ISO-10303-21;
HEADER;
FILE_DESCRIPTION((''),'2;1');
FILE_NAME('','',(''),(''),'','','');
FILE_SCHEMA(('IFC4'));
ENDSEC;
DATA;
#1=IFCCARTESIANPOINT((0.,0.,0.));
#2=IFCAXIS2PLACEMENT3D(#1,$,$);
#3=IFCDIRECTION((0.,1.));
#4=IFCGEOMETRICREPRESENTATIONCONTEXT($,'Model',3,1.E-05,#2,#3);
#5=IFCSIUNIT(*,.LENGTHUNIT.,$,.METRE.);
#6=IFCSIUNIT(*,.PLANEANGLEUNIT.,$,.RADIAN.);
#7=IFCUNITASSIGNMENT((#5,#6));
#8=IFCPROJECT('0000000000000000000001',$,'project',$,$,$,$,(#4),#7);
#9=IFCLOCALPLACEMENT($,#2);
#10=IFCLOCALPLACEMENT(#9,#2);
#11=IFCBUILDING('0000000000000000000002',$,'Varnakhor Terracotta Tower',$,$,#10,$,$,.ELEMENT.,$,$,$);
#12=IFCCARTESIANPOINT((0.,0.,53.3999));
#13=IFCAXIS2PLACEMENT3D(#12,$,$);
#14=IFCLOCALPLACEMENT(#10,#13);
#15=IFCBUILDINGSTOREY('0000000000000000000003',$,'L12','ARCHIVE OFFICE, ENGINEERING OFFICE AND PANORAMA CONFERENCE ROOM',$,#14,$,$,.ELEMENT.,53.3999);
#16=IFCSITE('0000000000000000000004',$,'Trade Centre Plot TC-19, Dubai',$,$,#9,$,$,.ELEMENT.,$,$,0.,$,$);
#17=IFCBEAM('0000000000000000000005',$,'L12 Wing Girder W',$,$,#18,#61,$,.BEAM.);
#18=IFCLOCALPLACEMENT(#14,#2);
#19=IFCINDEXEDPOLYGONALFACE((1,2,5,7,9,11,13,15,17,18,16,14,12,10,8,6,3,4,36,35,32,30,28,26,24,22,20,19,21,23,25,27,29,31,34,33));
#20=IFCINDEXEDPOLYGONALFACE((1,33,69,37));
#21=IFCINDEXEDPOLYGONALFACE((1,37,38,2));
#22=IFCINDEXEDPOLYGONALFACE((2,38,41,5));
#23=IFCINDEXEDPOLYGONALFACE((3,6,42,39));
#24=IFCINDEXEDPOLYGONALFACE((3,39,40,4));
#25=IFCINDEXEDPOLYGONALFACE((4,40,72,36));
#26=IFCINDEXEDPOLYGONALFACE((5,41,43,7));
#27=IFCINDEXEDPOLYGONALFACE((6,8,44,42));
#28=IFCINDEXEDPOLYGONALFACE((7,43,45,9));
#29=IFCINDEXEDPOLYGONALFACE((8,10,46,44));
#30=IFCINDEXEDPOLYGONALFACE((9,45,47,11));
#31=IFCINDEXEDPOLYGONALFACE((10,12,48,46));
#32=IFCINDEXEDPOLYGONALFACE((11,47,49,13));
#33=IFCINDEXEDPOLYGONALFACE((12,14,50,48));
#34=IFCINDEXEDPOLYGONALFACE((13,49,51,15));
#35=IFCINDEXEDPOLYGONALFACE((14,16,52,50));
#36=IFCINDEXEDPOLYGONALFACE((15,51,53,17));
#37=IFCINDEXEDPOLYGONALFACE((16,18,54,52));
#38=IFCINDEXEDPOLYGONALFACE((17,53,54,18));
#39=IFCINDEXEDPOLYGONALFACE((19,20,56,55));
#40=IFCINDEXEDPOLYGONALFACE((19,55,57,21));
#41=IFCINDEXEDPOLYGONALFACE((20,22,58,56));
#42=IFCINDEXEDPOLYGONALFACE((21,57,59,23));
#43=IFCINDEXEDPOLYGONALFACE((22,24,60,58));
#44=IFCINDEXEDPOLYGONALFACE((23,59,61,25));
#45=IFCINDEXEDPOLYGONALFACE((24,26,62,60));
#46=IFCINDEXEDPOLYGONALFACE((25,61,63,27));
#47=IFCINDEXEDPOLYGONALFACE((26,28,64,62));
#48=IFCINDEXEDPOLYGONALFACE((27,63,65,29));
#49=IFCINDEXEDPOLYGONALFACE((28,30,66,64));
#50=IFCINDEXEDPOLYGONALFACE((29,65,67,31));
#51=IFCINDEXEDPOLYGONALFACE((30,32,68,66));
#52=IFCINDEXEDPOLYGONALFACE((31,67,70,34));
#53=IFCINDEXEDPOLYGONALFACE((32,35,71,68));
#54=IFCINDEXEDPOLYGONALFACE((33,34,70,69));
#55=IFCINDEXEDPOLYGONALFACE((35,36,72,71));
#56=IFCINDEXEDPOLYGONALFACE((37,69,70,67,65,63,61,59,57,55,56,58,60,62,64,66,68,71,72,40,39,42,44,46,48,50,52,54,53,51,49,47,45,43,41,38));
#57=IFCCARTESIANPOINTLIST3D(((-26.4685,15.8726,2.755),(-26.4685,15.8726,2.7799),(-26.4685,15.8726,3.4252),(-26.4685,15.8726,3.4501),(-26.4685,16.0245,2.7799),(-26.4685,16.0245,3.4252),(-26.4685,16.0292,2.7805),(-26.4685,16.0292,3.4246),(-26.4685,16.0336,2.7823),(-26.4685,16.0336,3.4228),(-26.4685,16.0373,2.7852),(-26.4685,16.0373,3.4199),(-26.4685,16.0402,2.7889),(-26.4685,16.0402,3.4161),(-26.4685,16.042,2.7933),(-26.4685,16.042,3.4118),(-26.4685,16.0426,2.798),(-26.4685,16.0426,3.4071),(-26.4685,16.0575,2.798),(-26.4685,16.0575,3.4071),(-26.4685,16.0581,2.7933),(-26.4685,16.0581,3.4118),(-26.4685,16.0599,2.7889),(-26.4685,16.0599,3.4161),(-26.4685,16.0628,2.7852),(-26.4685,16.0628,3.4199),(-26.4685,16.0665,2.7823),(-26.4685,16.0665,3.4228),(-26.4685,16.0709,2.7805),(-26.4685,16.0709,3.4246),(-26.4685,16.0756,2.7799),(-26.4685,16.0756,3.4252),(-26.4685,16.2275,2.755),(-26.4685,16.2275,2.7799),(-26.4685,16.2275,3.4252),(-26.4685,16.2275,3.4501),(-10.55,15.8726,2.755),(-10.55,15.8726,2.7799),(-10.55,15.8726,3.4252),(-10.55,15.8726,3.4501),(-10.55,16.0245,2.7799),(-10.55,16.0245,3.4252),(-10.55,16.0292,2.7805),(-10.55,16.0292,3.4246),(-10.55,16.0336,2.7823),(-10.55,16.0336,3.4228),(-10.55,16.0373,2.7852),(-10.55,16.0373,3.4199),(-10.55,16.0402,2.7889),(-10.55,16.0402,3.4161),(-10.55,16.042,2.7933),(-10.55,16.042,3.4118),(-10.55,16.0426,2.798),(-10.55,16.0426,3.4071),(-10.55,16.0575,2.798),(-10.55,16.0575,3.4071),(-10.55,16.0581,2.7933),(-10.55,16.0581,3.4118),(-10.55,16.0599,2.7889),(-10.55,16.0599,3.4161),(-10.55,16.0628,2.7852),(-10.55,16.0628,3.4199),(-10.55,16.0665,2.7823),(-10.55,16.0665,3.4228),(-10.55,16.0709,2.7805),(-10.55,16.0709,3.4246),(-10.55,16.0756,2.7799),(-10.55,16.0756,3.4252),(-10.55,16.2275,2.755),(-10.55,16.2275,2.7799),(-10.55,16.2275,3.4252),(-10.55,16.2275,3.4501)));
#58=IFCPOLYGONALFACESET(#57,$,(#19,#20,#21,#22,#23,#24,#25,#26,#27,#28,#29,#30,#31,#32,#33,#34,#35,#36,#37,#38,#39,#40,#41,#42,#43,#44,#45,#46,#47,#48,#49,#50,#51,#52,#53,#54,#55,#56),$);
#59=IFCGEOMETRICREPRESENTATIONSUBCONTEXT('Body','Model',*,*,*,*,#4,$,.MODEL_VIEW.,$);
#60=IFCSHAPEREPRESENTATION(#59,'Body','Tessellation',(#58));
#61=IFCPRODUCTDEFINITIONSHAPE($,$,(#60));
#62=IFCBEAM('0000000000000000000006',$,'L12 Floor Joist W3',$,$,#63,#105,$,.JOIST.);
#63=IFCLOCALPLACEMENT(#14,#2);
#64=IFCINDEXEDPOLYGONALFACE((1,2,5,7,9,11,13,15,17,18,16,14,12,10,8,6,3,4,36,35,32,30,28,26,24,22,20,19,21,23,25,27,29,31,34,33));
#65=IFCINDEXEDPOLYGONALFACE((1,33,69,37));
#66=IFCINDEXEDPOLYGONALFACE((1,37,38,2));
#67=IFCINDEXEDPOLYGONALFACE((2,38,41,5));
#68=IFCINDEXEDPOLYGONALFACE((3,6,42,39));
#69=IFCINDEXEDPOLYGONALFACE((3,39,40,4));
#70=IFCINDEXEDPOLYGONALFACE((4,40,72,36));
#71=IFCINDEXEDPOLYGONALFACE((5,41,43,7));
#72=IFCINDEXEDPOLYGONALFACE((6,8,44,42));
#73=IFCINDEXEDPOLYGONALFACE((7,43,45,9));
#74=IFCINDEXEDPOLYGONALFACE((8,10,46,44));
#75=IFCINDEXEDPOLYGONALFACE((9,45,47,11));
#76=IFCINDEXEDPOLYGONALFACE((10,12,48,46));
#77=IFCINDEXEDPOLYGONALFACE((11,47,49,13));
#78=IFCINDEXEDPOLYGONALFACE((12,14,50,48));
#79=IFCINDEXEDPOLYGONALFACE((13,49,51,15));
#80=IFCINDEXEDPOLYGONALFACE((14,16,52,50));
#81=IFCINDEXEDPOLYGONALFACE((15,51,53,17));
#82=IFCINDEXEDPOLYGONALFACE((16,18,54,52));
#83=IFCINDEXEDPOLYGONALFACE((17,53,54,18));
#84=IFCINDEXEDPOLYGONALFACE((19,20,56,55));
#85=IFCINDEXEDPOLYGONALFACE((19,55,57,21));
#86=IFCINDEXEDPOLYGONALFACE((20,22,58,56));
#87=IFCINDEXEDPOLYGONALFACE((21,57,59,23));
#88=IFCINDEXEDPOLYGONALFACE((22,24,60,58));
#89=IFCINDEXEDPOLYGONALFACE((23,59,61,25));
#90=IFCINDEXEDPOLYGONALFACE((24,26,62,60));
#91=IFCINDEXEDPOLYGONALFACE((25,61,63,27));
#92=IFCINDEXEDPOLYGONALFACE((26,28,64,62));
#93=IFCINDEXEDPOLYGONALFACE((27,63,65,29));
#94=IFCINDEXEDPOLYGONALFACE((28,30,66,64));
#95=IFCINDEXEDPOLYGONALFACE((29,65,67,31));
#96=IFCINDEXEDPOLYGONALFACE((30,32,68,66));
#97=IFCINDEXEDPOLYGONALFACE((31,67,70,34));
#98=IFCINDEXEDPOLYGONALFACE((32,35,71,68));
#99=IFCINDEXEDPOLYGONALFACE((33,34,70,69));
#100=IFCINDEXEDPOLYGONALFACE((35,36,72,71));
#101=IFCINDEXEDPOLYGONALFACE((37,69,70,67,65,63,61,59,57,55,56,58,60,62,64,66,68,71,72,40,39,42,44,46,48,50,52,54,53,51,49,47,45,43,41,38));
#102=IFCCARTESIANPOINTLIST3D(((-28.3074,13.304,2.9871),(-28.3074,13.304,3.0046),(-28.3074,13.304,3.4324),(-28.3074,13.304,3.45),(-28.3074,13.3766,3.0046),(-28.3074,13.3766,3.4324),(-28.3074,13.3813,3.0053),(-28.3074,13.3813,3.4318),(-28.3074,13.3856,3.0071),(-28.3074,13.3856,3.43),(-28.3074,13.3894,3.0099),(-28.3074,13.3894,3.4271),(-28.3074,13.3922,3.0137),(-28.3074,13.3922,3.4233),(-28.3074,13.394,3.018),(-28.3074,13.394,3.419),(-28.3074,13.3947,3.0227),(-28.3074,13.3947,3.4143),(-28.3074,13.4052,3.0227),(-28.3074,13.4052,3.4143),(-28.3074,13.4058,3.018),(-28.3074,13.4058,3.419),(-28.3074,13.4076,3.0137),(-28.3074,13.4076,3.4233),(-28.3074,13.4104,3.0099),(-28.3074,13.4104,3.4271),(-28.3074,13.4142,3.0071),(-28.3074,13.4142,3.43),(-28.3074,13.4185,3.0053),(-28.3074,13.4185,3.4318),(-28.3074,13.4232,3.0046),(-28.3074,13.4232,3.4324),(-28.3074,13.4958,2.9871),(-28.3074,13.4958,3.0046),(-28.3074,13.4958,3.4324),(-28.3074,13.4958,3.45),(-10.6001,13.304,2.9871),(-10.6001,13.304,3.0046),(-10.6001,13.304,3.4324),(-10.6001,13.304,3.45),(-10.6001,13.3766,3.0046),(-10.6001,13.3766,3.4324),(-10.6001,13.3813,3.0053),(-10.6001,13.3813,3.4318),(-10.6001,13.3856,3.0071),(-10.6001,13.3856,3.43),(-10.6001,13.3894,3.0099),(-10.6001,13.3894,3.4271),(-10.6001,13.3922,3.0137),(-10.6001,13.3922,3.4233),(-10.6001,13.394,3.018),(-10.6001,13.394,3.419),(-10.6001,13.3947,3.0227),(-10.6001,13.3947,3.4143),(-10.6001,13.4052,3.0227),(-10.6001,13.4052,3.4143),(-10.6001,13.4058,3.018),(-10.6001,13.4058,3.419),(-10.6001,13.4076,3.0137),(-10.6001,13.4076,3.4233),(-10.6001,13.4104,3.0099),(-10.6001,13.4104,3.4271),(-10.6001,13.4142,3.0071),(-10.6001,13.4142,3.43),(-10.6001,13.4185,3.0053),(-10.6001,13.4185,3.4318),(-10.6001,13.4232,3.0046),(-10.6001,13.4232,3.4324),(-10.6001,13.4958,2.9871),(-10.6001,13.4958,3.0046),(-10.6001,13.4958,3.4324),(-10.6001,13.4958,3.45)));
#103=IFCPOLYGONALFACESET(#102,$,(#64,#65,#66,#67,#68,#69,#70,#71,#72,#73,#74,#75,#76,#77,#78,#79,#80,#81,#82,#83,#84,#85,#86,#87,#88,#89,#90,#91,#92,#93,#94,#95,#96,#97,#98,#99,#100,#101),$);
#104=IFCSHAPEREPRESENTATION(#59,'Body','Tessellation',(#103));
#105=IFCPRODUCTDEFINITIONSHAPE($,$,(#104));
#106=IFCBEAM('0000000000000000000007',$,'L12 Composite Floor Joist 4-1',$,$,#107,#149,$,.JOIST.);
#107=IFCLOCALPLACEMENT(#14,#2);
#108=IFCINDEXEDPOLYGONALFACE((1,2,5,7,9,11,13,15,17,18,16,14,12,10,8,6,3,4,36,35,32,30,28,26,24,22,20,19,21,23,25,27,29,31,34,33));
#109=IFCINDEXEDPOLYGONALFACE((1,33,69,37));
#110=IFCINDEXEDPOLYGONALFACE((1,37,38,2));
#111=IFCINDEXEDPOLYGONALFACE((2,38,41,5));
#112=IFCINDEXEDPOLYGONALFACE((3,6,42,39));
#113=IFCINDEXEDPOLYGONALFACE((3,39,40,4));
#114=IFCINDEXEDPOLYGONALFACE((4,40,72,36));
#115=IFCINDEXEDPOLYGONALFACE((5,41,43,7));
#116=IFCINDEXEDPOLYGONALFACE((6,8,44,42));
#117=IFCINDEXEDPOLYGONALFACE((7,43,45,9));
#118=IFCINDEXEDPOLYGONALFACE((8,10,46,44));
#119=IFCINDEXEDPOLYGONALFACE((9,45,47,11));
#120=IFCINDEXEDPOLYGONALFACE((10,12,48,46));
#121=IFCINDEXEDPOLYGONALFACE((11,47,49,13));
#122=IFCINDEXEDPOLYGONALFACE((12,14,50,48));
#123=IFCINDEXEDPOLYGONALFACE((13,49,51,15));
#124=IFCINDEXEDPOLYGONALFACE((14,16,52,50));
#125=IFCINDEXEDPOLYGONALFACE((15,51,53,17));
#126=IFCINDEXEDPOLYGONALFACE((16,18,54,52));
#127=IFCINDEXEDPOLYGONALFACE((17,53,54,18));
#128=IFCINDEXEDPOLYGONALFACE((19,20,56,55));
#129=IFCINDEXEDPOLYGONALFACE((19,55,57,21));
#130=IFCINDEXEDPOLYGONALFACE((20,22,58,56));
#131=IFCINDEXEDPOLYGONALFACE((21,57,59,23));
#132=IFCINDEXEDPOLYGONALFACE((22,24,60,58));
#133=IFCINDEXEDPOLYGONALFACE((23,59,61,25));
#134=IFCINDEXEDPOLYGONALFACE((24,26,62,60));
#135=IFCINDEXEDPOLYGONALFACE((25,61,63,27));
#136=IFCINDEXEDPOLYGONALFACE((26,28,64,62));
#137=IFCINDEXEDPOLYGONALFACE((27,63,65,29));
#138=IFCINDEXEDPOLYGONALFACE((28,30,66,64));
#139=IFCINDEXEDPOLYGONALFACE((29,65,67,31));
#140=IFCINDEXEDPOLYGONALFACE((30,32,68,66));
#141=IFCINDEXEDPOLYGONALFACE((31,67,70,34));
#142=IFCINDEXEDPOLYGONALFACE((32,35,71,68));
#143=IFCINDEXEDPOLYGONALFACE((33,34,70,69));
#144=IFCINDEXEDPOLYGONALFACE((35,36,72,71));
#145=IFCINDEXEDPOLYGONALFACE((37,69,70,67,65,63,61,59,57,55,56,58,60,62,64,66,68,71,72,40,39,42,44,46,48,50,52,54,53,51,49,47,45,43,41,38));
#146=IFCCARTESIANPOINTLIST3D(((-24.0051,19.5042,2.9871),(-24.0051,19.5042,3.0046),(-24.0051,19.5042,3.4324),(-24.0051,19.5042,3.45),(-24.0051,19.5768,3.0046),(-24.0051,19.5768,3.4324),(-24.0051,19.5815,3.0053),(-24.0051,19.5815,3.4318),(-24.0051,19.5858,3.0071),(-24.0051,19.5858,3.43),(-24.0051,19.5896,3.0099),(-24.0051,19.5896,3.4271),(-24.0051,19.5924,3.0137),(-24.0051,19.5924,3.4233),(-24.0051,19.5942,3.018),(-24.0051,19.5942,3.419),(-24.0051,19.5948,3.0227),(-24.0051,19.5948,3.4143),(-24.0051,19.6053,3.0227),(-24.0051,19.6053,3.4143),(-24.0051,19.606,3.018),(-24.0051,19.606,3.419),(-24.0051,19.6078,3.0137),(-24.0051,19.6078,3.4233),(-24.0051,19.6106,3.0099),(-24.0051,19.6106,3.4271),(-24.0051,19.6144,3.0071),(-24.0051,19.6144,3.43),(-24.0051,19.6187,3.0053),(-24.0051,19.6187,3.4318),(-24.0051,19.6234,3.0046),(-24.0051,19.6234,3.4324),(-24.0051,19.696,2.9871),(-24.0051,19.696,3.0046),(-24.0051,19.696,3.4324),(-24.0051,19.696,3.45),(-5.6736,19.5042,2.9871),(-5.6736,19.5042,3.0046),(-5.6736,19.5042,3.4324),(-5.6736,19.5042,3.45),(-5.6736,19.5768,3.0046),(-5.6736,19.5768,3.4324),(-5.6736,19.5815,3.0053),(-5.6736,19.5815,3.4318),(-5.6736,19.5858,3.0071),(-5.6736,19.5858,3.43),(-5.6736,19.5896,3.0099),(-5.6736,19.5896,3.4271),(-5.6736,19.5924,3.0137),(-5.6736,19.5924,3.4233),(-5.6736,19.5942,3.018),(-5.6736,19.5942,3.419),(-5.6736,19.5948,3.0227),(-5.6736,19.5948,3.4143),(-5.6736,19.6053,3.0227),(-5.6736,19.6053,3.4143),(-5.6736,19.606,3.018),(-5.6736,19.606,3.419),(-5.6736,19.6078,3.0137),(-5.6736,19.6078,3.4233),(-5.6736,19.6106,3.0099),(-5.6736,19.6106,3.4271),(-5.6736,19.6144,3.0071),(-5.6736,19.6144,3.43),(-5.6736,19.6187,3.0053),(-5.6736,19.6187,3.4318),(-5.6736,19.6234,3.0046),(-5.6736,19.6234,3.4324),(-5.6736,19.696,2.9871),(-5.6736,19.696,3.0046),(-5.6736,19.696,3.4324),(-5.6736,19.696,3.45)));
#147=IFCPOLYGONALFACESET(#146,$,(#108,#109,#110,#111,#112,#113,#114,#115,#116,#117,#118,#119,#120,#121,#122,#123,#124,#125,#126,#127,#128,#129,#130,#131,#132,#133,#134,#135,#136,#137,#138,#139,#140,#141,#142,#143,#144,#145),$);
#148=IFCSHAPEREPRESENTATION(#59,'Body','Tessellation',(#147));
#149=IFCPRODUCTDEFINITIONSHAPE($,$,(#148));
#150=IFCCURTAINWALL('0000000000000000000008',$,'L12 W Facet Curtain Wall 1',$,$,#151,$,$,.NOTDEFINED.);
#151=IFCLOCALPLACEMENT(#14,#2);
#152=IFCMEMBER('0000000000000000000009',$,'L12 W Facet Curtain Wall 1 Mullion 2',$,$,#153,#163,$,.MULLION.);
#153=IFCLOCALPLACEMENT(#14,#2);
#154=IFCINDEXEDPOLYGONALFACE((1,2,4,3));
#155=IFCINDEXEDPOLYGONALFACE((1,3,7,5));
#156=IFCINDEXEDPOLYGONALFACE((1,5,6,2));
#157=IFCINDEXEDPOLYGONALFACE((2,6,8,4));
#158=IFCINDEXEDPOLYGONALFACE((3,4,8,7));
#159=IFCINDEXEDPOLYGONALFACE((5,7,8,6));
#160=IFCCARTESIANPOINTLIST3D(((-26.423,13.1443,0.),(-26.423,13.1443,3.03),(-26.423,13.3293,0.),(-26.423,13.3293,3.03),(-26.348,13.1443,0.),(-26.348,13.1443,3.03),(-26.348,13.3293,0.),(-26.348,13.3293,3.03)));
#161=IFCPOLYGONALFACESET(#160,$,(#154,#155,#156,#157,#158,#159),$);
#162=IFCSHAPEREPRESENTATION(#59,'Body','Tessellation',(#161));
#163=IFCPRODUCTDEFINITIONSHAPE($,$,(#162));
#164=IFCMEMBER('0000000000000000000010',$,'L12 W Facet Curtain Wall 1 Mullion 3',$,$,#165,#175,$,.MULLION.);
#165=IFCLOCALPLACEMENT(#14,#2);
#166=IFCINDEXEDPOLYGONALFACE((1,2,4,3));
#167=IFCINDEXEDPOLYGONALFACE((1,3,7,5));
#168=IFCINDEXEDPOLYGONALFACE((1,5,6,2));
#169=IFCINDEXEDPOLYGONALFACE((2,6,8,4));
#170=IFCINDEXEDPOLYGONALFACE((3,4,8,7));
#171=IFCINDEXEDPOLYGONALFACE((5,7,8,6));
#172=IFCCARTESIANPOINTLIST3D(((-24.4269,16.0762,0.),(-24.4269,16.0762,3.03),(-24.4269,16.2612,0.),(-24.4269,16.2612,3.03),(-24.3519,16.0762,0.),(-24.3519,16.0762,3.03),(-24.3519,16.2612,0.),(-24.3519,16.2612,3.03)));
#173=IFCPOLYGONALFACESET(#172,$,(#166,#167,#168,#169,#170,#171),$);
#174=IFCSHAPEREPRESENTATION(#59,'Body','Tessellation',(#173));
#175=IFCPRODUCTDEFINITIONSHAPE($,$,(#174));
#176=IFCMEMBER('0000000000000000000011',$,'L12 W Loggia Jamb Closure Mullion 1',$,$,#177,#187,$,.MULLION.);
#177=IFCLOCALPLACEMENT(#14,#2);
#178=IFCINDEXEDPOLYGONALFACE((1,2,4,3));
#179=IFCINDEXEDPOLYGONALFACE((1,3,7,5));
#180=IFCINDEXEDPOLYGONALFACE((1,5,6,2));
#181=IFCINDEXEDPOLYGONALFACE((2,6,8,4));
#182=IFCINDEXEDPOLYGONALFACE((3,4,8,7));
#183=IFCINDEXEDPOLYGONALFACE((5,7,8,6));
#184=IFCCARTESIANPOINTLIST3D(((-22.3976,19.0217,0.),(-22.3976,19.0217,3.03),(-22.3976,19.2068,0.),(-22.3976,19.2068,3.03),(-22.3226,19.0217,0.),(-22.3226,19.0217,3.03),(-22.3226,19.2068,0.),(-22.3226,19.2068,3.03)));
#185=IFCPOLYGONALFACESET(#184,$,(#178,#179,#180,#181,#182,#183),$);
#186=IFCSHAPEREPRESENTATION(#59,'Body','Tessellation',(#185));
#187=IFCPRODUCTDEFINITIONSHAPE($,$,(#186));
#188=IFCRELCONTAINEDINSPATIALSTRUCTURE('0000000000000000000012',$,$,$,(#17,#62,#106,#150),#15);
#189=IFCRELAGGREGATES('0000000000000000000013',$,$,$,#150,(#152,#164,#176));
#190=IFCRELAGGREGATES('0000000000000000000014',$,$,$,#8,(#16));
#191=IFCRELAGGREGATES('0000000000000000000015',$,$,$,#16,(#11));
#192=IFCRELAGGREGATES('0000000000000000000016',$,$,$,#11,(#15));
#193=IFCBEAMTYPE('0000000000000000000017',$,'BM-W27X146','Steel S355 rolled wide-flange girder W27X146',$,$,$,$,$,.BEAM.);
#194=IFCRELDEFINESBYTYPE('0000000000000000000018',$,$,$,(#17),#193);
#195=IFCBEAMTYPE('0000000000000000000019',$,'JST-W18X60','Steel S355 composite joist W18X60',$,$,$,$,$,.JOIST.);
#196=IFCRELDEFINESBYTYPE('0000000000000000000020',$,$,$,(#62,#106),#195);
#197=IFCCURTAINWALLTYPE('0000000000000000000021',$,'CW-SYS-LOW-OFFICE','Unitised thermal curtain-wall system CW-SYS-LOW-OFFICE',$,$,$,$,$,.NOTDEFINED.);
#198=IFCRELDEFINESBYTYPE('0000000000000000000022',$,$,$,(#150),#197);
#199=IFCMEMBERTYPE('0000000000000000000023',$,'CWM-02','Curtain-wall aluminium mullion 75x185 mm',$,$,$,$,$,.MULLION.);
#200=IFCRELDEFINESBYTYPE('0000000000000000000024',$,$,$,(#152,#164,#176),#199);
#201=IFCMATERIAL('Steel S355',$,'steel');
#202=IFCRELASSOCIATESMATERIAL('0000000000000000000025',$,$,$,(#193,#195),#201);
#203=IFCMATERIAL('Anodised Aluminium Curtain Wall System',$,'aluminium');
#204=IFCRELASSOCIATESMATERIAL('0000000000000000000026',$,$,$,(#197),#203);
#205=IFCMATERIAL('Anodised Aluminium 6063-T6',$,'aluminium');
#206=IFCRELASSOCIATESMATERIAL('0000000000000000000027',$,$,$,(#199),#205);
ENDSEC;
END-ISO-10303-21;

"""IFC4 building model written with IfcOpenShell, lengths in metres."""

from ifc_helpers import new_model, si_unit, direction, frame, origin, origin_2d, place, context, subcontext, project, spatial, rectangle, i_section, extrude, source, transform, mapped, material, material_profile, profile_set, type_object, type_shapes, element, aggregate, save


model = new_model("IFC4")

# Units and contexts
model_context = context("Model", 3, precision=1e-05, world=origin(), true_north=direction((0.0, 1.0)))
body_context = subcontext(model_context, "Body", "Model", "MODEL_VIEW")
ifc_project = project(units=[si_unit("LENGTHUNIT", "METRE"), si_unit("PLANEANGLEUNIT", "RADIAN")], contexts=[model_context])

# Site, building, storey
site_placement = place(None, origin())
site = spatial("IfcSite", under=ifc_project, at=site_placement, Name="Trade Centre Plot TC-19, Dubai", CompositionType="ELEMENT", RefElevation=0.0)
building_placement = place(site_placement, origin())
building = spatial("IfcBuilding", under=site, at=building_placement, Name="Varnakhor Terracotta Tower", CompositionType="ELEMENT")
storey_placement = place(building_placement, frame((0.0, 0.0, 53.3999)))
storey = spatial("IfcBuildingStorey", under=building, at=storey_placement, Name="L12", Description="ARCHIVE OFFICE, ENGINEERING OFFICE AND PANORAMA CONFERENCE ROOM", CompositionType="ELEMENT", Elevation=53.3999)

# Beams
ifc_material_1 = material(Name="Steel S355", Category="steel")
ifc_material_profile_1 = material_profile(ifc_material_1, i_section(OverallWidth=0.355, OverallDepth=0.6951, WebThickness=0.0149, FlangeThickness=0.0249, FilletRadius=0.0181, at=origin_2d()), Name="W27X146")
ifc_profile_set_1 = profile_set([ifc_material_profile_1], Name="Steel S355")
beam_type_1 = type_object("IfcBeamType", Name="BM-W27X146", Description="Steel S355 rolled wide-flange girder W27X146", PredefinedType="BEAM", material=ifc_profile_set_1)
shared_shape_1 = source(origin(), body_context, "Body", "SweptSolid", [
    extrude(i_section(OverallWidth=0.355, OverallDepth=0.6951, WebThickness=0.0149, FlangeThickness=0.0249, FilletRadius=0.0181, at=origin_2d()), origin(), (0.0, 0.0, 1.0), 15.9185),
])
beam_1_placement = place(storey_placement, frame((-26.4685, 16.05, 3.1025), z_axis=(1.0, 0.0, 0.0), x_axis=(0.0, 1.0, 0.0)))
element("IfcBeam", 1, at=beam_1_placement, inside=storey, type_object=beam_type_1, Name="L12 Wing Girder W", PredefinedType="BEAM", context=body_context, shape_type="MappedRepresentation", body=[
    mapped(shared_shape_1, transform((0.0, 0.0, 0.0), scale=1.0)),
])
ifc_material_profile_2 = material_profile(ifc_material_1, i_section(OverallWidth=0.1919, OverallDepth=0.4629, WebThickness=0.0105, FlangeThickness=0.0176, FilletRadius=0.0181, at=origin_2d()), Name="W18X60")
ifc_profile_set_2 = profile_set([ifc_material_profile_2], Name="Steel S355")
beam_type_2 = type_object("IfcBeamType", Name="JST-W18X60", Description="Steel S355 composite joist W18X60", PredefinedType="JOIST", material=ifc_profile_set_2)
shared_shape_2 = source(origin(), body_context, "Body", "SweptSolid", [
    extrude(i_section(OverallWidth=0.1919, OverallDepth=0.4629, WebThickness=0.0105, FlangeThickness=0.0176, FilletRadius=0.0181, at=origin_2d()), origin(), (0.0, 0.0, 1.0), 17.7073),
])
beam_2_placement = place(storey_placement, frame((-28.3074, 13.3999, 3.2185), z_axis=(1.0, 0.0, 0.0), x_axis=(0.0, 1.0, 0.0)))
element("IfcBeam", 2, at=beam_2_placement, inside=storey, type_object=beam_type_2, Name="L12 Floor Joist W3", PredefinedType="JOIST", context=body_context, shape_type="MappedRepresentation", body=[
    mapped(shared_shape_2, transform((0.0, 0.0, 0.0), scale=1.0)),
])
shared_shape_3 = source(origin(), body_context, "Body", "SweptSolid", [
    extrude(i_section(OverallWidth=0.1919, OverallDepth=0.4629, WebThickness=0.0105, FlangeThickness=0.0176, FilletRadius=0.0181, at=origin_2d()), origin(), (0.0, 0.0, 1.0), 18.3315),
])
beam_3_placement = place(storey_placement, frame((-24.0051, 19.6001, 3.2185), z_axis=(1.0, 0.0, 0.0), x_axis=(0.0, 1.0, 0.0)))
element("IfcBeam", 3, at=beam_3_placement, inside=storey, type_object=beam_type_2, Name="L12 Composite Floor Joist 4-1", PredefinedType="JOIST", context=body_context, shape_type="MappedRepresentation", body=[
    mapped(shared_shape_3, transform((0.0, 0.0, 0.0), scale=1.0)),
])

# Curtain wall, members
ifc_material_2 = material(Name="Anodised Aluminium Curtain Wall System", Category="aluminium")
curtain_wall_type = type_object("IfcCurtainWallType", Name="CW-SYS-LOW-OFFICE", Description="Unitised thermal curtain-wall system CW-SYS-LOW-OFFICE", PredefinedType="NOTDEFINED", material=ifc_material_2)
curtain_wall_placement = place(storey_placement, origin())
curtain_wall = element("IfcCurtainWall", 4, at=curtain_wall_placement, inside=storey, type_object=curtain_wall_type, Name="L12 W Facet Curtain Wall 1", PredefinedType="NOTDEFINED")
ifc_material_3 = material(Name="Anodised Aluminium 6063-T6", Category="aluminium")
ifc_material_profile_3 = material_profile(ifc_material_3, rectangle(XDim=0.075, YDim=0.1851, at=origin_2d()), Name="ALU MULLION 75x185")
ifc_profile_set_3 = profile_set([ifc_material_profile_3], Name="Anodised Aluminium 6063-T6")
member_type_1 = type_object("IfcMemberType", Name="CWM-02", Description="Curtain-wall aluminium mullion 75x185 mm", PredefinedType="MULLION", material=ifc_profile_set_3)
shared_shape_4 = source(origin(), body_context, "Body", "SweptSolid", [
    extrude(rectangle(XDim=0.075, YDim=0.1851, at=origin_2d()), origin(), (0.0, 0.0, 1.0), 3.03),
])
type_shapes(member_type_1, [shared_shape_4])
member_1_placement = place(storey_placement, frame((-26.3855, 13.2368, 0.0), z_axis=(0.0, 0.0, 1.0), x_axis=(1.0, 0.0, 0.0)))
member_1 = element("IfcMember", 5, at=member_1_placement, type_object=member_type_1, Name="L12 W Facet Curtain Wall 1 Mullion 2", PredefinedType="MULLION", context=body_context, shape_type="MappedRepresentation", body=[
    mapped(shared_shape_4, transform((0.0, 0.0, 0.0), scale=1.0)),
])
member_2_placement = place(storey_placement, frame((-24.3894, 16.1687, 0.0), z_axis=(0.0, 0.0, 1.0), x_axis=(1.0, 0.0, 0.0)))
member_2 = element("IfcMember", 6, at=member_2_placement, type_object=member_type_1, Name="L12 W Facet Curtain Wall 1 Mullion 3", PredefinedType="MULLION", context=body_context, shape_type="MappedRepresentation", body=[
    mapped(shared_shape_4, transform((0.0, 0.0, 0.0), scale=1.0)),
])
member_3_placement = place(storey_placement, frame((-22.3601, 19.1143, 0.0), z_axis=(0.0, 0.0, 1.0), x_axis=(1.0, 0.0, 0.0)))
member_3 = element("IfcMember", 7, at=member_3_placement, type_object=member_type_1, Name="L12 W Loggia Jamb Closure Mullion 1", PredefinedType="MULLION", context=body_context, shape_type="MappedRepresentation", body=[
    mapped(shared_shape_4, transform((0.0, 0.0, 0.0), scale=1.0)),
])

aggregate(curtain_wall, [member_1, member_2, member_3])

save(model, "model.ifc")
